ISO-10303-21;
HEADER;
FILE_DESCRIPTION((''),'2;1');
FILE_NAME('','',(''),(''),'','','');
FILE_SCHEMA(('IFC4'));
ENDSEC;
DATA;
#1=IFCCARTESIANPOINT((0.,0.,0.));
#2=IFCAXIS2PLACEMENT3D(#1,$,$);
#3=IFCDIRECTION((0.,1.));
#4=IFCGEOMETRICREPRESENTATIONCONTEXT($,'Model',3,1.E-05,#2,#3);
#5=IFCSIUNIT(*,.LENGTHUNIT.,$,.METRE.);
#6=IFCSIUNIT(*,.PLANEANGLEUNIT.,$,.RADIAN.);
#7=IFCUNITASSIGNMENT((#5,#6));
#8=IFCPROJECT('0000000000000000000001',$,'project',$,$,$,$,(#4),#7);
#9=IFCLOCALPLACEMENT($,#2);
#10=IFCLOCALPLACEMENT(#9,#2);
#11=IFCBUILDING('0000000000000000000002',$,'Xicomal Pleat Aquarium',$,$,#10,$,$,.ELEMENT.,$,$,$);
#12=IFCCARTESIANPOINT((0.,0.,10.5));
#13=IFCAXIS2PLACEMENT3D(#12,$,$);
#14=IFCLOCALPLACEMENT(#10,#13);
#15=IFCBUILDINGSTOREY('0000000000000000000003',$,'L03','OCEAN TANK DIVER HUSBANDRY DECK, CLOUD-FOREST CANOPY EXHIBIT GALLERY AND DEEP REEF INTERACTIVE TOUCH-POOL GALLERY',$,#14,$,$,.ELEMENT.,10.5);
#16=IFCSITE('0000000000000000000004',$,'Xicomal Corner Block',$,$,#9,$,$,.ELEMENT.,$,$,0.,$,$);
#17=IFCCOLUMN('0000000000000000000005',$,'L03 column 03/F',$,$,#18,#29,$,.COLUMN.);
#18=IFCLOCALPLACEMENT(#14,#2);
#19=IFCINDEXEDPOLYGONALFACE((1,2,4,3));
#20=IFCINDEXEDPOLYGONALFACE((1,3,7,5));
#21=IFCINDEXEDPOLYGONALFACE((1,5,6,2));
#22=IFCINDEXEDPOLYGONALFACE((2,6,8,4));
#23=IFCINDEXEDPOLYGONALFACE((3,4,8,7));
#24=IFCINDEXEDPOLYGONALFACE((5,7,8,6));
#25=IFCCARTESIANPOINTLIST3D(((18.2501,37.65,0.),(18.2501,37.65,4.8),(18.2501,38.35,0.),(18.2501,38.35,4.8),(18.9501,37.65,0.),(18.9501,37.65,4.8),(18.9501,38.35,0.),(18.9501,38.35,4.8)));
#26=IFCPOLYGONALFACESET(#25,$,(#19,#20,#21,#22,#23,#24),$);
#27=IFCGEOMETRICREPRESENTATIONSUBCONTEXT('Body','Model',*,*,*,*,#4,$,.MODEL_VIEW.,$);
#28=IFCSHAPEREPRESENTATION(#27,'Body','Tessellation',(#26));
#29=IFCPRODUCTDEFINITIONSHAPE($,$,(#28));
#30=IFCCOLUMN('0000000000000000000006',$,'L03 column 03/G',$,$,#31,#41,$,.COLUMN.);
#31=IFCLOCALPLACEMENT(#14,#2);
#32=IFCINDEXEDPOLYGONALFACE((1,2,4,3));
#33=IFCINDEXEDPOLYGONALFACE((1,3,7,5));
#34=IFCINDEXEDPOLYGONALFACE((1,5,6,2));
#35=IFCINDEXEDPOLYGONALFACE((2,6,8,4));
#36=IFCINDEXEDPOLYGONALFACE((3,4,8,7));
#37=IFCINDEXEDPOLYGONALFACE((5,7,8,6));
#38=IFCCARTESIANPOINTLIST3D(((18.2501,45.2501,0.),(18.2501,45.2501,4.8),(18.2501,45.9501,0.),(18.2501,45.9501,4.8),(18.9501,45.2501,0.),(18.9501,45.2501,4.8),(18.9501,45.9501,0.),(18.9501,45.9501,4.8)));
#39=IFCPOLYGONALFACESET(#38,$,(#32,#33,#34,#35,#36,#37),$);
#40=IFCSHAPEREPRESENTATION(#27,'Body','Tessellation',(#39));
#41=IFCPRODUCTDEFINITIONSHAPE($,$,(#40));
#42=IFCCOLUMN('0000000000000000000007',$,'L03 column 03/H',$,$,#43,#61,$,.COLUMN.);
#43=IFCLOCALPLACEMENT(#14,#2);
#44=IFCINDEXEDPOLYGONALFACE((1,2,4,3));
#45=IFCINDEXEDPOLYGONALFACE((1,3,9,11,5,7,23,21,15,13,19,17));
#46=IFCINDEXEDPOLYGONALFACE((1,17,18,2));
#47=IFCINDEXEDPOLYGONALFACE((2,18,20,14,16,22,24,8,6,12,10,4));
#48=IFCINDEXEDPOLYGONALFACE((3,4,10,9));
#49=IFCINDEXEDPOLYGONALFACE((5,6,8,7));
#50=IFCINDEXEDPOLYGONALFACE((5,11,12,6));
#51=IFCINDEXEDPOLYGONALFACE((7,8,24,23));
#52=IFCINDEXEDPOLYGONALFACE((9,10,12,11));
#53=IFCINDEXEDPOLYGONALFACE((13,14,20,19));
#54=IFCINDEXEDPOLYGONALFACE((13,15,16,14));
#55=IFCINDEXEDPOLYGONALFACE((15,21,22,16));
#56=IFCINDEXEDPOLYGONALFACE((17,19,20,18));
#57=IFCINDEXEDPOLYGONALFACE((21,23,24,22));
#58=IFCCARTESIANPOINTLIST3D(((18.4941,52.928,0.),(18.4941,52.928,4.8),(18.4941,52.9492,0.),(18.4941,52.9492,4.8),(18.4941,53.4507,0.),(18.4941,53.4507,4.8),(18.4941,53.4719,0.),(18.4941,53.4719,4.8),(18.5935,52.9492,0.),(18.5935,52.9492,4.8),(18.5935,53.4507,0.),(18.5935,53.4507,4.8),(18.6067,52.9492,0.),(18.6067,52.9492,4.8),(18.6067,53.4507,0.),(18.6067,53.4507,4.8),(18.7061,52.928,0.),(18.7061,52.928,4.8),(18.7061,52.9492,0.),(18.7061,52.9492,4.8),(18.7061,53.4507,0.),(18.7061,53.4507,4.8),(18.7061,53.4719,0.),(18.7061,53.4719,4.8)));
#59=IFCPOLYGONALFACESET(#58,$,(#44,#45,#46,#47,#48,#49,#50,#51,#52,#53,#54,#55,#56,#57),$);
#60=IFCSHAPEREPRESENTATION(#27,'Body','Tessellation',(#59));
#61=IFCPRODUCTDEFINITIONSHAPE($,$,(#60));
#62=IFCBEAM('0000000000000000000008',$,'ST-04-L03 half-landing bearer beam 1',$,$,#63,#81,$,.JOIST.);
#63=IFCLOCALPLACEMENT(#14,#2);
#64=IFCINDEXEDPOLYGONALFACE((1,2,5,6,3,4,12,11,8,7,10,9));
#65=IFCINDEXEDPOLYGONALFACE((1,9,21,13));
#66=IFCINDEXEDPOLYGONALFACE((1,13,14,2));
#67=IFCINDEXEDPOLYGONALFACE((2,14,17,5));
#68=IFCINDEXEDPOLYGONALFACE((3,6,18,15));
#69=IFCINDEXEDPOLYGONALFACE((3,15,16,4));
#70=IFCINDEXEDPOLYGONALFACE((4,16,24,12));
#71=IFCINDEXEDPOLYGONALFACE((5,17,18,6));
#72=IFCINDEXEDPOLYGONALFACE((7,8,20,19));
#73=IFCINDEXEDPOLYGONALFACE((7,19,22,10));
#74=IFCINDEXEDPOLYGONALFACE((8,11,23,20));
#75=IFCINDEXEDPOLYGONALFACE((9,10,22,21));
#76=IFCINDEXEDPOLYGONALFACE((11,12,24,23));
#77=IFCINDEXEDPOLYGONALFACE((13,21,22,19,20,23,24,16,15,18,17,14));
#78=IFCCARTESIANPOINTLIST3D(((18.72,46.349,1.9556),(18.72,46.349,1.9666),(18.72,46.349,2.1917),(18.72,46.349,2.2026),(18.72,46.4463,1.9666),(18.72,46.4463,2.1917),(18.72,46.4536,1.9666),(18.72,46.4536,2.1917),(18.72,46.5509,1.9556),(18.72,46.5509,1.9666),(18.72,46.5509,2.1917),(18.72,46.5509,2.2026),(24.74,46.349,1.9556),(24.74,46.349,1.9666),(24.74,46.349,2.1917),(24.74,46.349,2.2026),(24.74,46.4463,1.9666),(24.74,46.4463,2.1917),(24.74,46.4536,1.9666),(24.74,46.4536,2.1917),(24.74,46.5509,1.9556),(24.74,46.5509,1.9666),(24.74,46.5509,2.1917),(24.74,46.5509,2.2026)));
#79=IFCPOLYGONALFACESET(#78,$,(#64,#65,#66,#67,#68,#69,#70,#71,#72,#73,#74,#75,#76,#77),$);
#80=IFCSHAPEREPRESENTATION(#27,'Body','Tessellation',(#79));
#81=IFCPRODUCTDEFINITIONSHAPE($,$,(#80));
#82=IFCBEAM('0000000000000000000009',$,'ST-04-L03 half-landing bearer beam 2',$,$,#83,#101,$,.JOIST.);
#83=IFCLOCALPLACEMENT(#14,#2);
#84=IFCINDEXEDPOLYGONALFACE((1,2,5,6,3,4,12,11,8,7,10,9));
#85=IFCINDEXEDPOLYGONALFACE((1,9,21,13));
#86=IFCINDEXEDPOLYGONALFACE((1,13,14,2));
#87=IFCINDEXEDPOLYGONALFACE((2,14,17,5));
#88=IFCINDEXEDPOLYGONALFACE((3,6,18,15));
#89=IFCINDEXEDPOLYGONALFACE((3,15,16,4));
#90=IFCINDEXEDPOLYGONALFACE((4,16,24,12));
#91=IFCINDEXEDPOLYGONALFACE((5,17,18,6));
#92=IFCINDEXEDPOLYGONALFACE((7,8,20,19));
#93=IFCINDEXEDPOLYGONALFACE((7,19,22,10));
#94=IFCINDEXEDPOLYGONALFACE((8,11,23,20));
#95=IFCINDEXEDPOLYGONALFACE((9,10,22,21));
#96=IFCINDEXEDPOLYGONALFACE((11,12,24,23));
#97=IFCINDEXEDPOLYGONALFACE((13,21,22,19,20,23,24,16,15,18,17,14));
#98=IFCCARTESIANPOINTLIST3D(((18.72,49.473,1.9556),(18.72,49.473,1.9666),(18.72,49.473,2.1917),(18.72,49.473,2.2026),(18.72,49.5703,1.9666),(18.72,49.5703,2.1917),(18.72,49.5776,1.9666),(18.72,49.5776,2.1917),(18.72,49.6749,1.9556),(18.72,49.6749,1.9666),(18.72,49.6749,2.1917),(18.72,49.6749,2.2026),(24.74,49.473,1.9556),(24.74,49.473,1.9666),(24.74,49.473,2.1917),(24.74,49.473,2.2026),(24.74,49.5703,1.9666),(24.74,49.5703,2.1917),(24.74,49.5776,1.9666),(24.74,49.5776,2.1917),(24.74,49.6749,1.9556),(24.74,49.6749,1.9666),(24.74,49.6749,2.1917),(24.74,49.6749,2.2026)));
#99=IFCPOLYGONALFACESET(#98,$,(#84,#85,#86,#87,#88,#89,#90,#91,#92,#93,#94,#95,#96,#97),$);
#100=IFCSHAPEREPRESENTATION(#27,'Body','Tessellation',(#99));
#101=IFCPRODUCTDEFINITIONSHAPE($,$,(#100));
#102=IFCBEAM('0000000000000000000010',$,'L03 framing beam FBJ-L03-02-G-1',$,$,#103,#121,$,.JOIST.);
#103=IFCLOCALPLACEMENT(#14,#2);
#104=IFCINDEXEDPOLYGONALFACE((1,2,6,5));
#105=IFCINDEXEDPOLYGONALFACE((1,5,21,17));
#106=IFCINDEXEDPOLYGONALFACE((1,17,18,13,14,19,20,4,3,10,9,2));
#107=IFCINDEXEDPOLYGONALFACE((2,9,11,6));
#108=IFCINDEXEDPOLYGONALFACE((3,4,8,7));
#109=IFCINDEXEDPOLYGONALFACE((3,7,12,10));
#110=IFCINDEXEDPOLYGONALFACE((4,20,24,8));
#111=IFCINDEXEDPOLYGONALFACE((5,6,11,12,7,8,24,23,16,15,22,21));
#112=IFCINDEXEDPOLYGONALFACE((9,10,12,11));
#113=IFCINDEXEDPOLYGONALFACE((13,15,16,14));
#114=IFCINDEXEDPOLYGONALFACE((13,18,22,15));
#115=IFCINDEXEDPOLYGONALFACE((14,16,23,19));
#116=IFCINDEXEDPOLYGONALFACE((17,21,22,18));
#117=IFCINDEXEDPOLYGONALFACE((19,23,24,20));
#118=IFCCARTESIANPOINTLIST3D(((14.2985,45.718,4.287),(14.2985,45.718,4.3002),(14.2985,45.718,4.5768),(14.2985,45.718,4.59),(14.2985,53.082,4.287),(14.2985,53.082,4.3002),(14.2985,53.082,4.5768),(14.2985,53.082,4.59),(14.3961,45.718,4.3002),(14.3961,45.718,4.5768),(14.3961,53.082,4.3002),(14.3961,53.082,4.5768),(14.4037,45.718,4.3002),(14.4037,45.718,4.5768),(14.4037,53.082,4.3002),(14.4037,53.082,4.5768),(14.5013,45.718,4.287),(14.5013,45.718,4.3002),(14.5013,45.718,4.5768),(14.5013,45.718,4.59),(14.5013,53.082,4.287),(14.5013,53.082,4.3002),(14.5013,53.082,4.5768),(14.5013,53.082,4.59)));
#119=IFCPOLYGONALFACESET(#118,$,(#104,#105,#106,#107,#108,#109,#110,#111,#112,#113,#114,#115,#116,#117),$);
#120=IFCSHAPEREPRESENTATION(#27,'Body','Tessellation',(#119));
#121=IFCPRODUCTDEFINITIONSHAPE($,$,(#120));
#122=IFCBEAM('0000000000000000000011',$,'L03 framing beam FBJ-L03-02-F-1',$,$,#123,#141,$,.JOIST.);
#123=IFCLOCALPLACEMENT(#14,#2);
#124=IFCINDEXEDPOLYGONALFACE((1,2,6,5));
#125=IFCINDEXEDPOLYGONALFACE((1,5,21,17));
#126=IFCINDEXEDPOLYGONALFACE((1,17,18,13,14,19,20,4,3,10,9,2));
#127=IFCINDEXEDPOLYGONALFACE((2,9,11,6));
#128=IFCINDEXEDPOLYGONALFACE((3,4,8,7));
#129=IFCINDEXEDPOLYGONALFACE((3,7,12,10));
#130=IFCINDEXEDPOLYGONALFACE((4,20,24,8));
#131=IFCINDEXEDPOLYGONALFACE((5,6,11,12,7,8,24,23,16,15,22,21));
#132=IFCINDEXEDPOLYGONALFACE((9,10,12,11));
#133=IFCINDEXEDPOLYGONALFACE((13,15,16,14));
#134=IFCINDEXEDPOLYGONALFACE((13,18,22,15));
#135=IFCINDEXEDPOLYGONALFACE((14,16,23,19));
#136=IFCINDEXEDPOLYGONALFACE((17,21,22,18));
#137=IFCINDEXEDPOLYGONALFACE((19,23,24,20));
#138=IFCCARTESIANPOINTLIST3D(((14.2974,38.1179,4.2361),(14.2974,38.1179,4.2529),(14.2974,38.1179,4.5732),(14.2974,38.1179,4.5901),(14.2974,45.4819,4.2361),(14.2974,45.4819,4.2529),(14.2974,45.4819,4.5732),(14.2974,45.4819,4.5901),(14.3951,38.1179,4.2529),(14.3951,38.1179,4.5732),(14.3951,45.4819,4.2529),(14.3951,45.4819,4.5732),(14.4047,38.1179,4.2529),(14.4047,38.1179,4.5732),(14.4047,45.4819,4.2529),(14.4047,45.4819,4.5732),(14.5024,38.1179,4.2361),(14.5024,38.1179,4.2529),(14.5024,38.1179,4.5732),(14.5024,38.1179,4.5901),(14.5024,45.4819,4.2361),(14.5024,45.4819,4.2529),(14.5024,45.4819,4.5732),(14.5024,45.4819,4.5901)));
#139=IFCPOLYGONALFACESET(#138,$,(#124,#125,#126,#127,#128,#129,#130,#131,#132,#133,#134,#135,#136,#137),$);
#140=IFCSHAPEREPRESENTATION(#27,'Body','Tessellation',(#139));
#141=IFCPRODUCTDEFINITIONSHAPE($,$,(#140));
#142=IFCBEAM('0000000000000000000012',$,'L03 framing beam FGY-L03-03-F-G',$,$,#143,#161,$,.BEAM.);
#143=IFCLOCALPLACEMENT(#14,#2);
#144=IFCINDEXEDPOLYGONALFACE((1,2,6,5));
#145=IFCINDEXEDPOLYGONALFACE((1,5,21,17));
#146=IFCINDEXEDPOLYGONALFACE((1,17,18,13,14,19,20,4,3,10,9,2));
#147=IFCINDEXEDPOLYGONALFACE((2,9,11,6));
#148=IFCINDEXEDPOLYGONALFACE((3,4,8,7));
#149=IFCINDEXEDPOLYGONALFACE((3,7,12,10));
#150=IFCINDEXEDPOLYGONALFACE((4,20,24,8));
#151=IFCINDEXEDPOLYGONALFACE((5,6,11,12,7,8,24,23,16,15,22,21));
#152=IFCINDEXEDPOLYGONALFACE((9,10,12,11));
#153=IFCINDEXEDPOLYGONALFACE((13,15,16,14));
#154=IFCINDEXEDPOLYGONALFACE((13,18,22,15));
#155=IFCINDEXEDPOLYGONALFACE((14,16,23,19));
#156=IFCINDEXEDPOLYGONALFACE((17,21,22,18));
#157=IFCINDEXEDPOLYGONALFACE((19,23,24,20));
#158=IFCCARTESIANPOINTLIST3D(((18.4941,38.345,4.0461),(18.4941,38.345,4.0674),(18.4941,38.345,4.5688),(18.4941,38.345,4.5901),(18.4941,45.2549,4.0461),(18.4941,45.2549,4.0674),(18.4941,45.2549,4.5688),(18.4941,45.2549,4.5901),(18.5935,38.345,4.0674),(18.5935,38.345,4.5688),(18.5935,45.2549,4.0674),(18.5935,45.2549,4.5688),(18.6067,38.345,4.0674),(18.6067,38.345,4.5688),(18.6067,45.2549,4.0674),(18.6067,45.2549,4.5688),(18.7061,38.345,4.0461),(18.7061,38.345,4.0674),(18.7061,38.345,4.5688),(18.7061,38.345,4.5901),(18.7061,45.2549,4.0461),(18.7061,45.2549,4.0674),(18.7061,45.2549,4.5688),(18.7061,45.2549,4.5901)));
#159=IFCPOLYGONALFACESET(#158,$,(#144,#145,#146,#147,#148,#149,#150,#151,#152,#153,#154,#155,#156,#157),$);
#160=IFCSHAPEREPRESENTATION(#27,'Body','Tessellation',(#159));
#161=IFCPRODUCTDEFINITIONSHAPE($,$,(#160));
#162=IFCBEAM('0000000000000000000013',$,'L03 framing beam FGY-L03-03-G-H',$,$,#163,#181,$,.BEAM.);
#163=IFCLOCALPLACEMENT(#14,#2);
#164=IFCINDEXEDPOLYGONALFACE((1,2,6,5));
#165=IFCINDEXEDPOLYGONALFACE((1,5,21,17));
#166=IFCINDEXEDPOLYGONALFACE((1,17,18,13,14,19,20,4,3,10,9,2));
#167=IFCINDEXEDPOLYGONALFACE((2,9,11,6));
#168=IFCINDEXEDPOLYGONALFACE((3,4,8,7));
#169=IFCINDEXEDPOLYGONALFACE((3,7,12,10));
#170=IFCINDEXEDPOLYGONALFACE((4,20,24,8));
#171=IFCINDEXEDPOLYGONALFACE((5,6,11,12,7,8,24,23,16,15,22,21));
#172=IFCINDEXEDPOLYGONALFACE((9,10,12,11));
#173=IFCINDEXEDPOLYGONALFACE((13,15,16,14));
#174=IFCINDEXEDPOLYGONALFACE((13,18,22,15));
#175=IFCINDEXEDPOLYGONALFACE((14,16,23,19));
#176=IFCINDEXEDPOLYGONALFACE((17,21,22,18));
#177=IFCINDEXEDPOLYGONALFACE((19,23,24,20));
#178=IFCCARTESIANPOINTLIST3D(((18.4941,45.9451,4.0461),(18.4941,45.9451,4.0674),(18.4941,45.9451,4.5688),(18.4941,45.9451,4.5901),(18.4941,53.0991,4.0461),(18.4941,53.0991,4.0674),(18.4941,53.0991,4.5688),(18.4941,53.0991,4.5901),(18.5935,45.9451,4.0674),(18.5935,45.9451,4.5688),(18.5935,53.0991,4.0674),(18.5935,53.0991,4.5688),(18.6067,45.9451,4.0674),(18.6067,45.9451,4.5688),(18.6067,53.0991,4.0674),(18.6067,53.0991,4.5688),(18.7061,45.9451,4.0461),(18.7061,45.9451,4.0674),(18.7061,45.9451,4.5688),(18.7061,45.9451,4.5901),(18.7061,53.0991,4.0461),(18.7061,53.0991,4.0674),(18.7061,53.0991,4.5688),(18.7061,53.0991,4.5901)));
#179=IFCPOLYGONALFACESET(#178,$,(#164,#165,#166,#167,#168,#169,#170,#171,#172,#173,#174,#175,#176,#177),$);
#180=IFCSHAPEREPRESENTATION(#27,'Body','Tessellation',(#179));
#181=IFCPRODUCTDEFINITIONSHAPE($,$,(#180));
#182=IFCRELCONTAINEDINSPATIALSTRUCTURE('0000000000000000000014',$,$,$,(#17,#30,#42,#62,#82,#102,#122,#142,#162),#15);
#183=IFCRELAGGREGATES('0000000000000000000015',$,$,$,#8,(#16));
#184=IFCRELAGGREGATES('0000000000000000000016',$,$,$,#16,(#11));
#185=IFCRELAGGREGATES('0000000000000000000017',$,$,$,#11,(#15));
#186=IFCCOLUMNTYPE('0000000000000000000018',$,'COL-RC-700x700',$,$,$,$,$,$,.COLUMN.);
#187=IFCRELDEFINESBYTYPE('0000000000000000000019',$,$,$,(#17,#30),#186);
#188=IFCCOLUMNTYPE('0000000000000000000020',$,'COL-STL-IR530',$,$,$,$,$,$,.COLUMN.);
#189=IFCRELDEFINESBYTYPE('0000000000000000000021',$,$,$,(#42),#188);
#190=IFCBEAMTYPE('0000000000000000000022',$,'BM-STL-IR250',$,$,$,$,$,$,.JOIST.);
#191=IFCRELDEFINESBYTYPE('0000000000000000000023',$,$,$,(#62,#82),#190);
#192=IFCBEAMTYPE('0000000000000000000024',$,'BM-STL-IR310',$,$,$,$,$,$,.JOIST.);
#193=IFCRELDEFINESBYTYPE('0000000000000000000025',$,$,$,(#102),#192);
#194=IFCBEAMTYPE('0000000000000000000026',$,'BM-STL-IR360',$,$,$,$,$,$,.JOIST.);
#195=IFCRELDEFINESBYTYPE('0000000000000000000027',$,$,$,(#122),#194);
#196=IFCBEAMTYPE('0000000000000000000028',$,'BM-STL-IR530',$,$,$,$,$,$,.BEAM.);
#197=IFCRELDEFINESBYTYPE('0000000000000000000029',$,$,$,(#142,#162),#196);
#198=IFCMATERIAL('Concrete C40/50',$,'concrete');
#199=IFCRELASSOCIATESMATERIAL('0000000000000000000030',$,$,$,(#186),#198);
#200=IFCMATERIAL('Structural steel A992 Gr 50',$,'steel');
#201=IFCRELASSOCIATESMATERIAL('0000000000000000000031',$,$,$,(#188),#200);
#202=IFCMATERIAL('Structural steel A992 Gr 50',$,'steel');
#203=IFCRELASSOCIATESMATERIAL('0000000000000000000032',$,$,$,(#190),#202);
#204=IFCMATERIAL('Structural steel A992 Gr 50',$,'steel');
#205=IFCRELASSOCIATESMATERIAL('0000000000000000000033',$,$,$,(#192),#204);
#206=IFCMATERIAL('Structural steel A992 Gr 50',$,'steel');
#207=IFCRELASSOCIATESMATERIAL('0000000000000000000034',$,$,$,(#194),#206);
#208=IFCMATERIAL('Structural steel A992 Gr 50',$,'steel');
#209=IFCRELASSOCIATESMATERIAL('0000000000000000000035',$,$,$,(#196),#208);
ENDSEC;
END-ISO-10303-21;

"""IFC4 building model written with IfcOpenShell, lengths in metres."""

from ifc_helpers import new_model, si_unit, direction, frame, origin, origin_2d, place, context, subcontext, project, spatial, rectangle, i_section, extrude, material, material_profile, profile_set, type_object, element, save


model = new_model("IFC4")

# Units and contexts
model_context = context("Model", 3, precision=1e-05, world=origin(), true_north=direction((0.0, 1.0)))
body_context = subcontext(model_context, "Body", "Model", "MODEL_VIEW")
ifc_project = project(units=[si_unit("LENGTHUNIT", "METRE"), si_unit("PLANEANGLEUNIT", "RADIAN")], contexts=[model_context])

# Site, building, storey
site_placement = place(None, origin())
site = spatial("IfcSite", under=ifc_project, at=site_placement, Name="Xicomal Corner Block", CompositionType="ELEMENT", RefElevation=0.0)
building_placement = place(site_placement, origin())
building = spatial("IfcBuilding", under=site, at=building_placement, Name="Xicomal Pleat Aquarium", CompositionType="ELEMENT")
storey_placement = place(building_placement, frame((0.0, 0.0, 10.5)))
storey = spatial("IfcBuildingStorey", under=building, at=storey_placement, Name="L03", Description="OCEAN TANK DIVER HUSBANDRY DECK, CLOUD-FOREST CANOPY EXHIBIT GALLERY AND DEEP REEF INTERACTIVE TOUCH-POOL GALLERY", CompositionType="ELEMENT", Elevation=10.5)

# Columns
ifc_material_1 = material(Name="Concrete C40/50", Category="concrete")
ifc_material_profile_1 = material_profile(ifc_material_1, rectangle(XDim=0.7, YDim=0.7, at=origin_2d()), Name="RC 700x700")
ifc_profile_set_1 = profile_set([ifc_material_profile_1], Name="Concrete C40/50")
column_type_1 = type_object("IfcColumnType", Name="COL-RC-700x700", PredefinedType="COLUMN", material=ifc_profile_set_1)
for number, where, z_axis, x_axis, name in (
    (1, (18.6001, 38.0, 0.0), (0.0, 0.0, 1.0), (1.0, 0.0, 0.0), "L03 column 03/F"),
    (2, (18.6001, 45.6001, 0.0), (0.0, 0.0, 1.0), (1.0, 0.0, 0.0), "L03 column 03/G"),
):
    element("IfcColumn", number, at=place(storey_placement, frame(where, z_axis=z_axis, x_axis=x_axis)), inside=storey, type_object=column_type_1, Name=name, PredefinedType="COLUMN", context=body_context, shape_type="SweptSolid", body=[
        extrude(rectangle(XDim=0.7, YDim=0.7, at=origin_2d()), origin(), (0.0, 0.0, 1.0), 4.8),
    ])
ifc_material_2 = material(Name="Structural steel A992 Gr 50", Category="steel")
ifc_material_profile_2 = material_profile(ifc_material_2, i_section(OverallWidth=0.2119, OverallDepth=0.5439, WebThickness=0.0132, FlangeThickness=0.0212, at=origin_2d()), Name="IR 530x123")
ifc_profile_set_2 = profile_set([ifc_material_profile_2], Name="Structural steel A992 Gr 50")
column_type_2 = type_object("IfcColumnType", Name="COL-STL-IR530", PredefinedType="COLUMN", material=ifc_profile_set_2)
column_placement = place(storey_placement, frame((18.6001, 53.2, 0.0), z_axis=(0.0, 0.0, 1.0), x_axis=(1.0, 0.0, 0.0)))
element("IfcColumn", 3, at=column_placement, inside=storey, type_object=column_type_2, Name="L03 column 03/H", PredefinedType="COLUMN", context=body_context, shape_type="SweptSolid", body=[
    extrude(i_section(OverallWidth=0.2119, OverallDepth=0.5439, WebThickness=0.0132, FlangeThickness=0.0212, at=origin_2d()), origin(), (0.0, 0.0, 1.0), 4.8),
])

# Beams
ifc_material_3 = material(Name="Structural steel A992 Gr 50", Category="steel")
ifc_material_profile_3 = material_profile(ifc_material_3, i_section(OverallWidth=0.2019, OverallDepth=0.2471, WebThickness=0.0073, FlangeThickness=0.011, at=origin_2d()), Name="IR 250x49")
ifc_profile_set_3 = profile_set([ifc_material_profile_3], Name="Structural steel A992 Gr 50")
beam_type_1 = type_object("IfcBeamType", Name="BM-STL-IR250", PredefinedType="JOIST", material=ifc_profile_set_3)
for number, where, z_axis, x_axis, name in (
    (4, (18.72, 46.45, 2.0791), (1.0, 0.0, 0.0), (0.0, 1.0, 0.0), "ST-04-L03 half-landing bearer beam 1"),
    (5, (18.72, 49.574, 2.0791), (1.0, 0.0, 0.0), (0.0, 1.0, 0.0), "ST-04-L03 half-landing bearer beam 2"),
):
    element("IfcBeam", number, at=place(storey_placement, frame(where, z_axis=z_axis, x_axis=x_axis)), inside=storey, type_object=beam_type_1, Name=name, PredefinedType="JOIST", context=body_context, shape_type="SweptSolid", body=[
        extrude(i_section(OverallWidth=0.2019, OverallDepth=0.2471, WebThickness=0.0073, FlangeThickness=0.011, at=origin_2d()), origin(), (0.0, 0.0, 1.0), 6.02),
    ])
ifc_material_4 = material(Name="Structural steel A992 Gr 50", Category="steel")
ifc_material_profile_4 = material_profile(ifc_material_4, i_section(OverallWidth=0.2029, OverallDepth=0.303, WebThickness=0.0076, FlangeThickness=0.0132, at=origin_2d()), Name="IR 310x60")
ifc_profile_set_4 = profile_set([ifc_material_profile_4], Name="Structural steel A992 Gr 50")
beam_type_2 = type_object("IfcBeamType", Name="BM-STL-IR310", PredefinedType="JOIST", material=ifc_profile_set_4)
beam_1_placement = place(storey_placement, frame((14.3999, 45.718, 4.4385), z_axis=(0.0, 1.0, 0.0), x_axis=(-1.0, 0.0, 0.0)))
element("IfcBeam", 6, at=beam_1_placement, inside=storey, type_object=beam_type_2, Name="L03 framing beam FBJ-L03-02-G-1", PredefinedType="JOIST", context=body_context, shape_type="SweptSolid", body=[
    extrude(i_section(OverallWidth=0.2029, OverallDepth=0.303, WebThickness=0.0076, FlangeThickness=0.0132, at=origin_2d()), origin(), (0.0, 0.0, 1.0), 7.364),
])
ifc_material_5 = material(Name="Structural steel A992 Gr 50", Category="steel")
ifc_material_profile_5 = material_profile(ifc_material_5, i_section(OverallWidth=0.2051, OverallDepth=0.354, WebThickness=0.0095, FlangeThickness=0.0168, at=origin_2d()), Name="IR 360x79")
ifc_profile_set_5 = profile_set([ifc_material_profile_5], Name="Structural steel A992 Gr 50")
beam_type_3 = type_object("IfcBeamType", Name="BM-STL-IR360", PredefinedType="JOIST", material=ifc_profile_set_5)
beam_2_placement = place(storey_placement, frame((14.3999, 38.1179, 4.4131), z_axis=(0.0, 1.0, 0.0), x_axis=(-1.0, 0.0, 0.0)))
element("IfcBeam", 7, at=beam_2_placement, inside=storey, type_object=beam_type_3, Name="L03 framing beam FBJ-L03-02-F-1", PredefinedType="JOIST", context=body_context, shape_type="SweptSolid", body=[
    extrude(i_section(OverallWidth=0.2051, OverallDepth=0.354, WebThickness=0.0095, FlangeThickness=0.0168, at=origin_2d()), origin(), (0.0, 0.0, 1.0), 7.364),
])
ifc_material_6 = material(Name="Structural steel A992 Gr 50", Category="steel")
ifc_material_profile_6 = material_profile(ifc_material_6, i_section(OverallWidth=0.2119, OverallDepth=0.5439, WebThickness=0.0132, FlangeThickness=0.0212, at=origin_2d()), Name="IR 530x123")
ifc_profile_set_6 = profile_set([ifc_material_profile_6], Name="Structural steel A992 Gr 50")
beam_type_4 = type_object("IfcBeamType", Name="BM-STL-IR530", PredefinedType="BEAM", material=ifc_profile_set_6)
beam_3_placement = place(storey_placement, frame((18.6001, 38.345, 4.3181), z_axis=(0.0, 1.0, 0.0), x_axis=(-1.0, 0.0, 0.0)))
element("IfcBeam", 8, at=beam_3_placement, inside=storey, type_object=beam_type_4, Name="L03 framing beam FGY-L03-03-F-G", PredefinedType="BEAM", context=body_context, shape_type="SweptSolid", body=[
    extrude(i_section(OverallWidth=0.2119, OverallDepth=0.5439, WebThickness=0.0132, FlangeThickness=0.0212, at=origin_2d()), origin(), (0.0, 0.0, 1.0), 6.9099),
])
for number, where, z_axis, x_axis, name in (
    (9, (18.6001, 45.9451, 4.3181), (0.0, 1.0, 0.0), (-1.0, 0.0, 0.0), "L03 framing beam FGY-L03-03-G-H"),
):
    element("IfcBeam", number, at=place(storey_placement, frame(where, z_axis=z_axis, x_axis=x_axis)), inside=storey, type_object=beam_type_4, Name=name, PredefinedType="BEAM", context=body_context, shape_type="SweptSolid", body=[
        extrude(i_section(OverallWidth=0.2119, OverallDepth=0.5439, WebThickness=0.0132, FlangeThickness=0.0212, at=origin_2d()), origin(), (0.0, 0.0, 1.0), 7.1541),
    ])

save(model, "model.ifc")
